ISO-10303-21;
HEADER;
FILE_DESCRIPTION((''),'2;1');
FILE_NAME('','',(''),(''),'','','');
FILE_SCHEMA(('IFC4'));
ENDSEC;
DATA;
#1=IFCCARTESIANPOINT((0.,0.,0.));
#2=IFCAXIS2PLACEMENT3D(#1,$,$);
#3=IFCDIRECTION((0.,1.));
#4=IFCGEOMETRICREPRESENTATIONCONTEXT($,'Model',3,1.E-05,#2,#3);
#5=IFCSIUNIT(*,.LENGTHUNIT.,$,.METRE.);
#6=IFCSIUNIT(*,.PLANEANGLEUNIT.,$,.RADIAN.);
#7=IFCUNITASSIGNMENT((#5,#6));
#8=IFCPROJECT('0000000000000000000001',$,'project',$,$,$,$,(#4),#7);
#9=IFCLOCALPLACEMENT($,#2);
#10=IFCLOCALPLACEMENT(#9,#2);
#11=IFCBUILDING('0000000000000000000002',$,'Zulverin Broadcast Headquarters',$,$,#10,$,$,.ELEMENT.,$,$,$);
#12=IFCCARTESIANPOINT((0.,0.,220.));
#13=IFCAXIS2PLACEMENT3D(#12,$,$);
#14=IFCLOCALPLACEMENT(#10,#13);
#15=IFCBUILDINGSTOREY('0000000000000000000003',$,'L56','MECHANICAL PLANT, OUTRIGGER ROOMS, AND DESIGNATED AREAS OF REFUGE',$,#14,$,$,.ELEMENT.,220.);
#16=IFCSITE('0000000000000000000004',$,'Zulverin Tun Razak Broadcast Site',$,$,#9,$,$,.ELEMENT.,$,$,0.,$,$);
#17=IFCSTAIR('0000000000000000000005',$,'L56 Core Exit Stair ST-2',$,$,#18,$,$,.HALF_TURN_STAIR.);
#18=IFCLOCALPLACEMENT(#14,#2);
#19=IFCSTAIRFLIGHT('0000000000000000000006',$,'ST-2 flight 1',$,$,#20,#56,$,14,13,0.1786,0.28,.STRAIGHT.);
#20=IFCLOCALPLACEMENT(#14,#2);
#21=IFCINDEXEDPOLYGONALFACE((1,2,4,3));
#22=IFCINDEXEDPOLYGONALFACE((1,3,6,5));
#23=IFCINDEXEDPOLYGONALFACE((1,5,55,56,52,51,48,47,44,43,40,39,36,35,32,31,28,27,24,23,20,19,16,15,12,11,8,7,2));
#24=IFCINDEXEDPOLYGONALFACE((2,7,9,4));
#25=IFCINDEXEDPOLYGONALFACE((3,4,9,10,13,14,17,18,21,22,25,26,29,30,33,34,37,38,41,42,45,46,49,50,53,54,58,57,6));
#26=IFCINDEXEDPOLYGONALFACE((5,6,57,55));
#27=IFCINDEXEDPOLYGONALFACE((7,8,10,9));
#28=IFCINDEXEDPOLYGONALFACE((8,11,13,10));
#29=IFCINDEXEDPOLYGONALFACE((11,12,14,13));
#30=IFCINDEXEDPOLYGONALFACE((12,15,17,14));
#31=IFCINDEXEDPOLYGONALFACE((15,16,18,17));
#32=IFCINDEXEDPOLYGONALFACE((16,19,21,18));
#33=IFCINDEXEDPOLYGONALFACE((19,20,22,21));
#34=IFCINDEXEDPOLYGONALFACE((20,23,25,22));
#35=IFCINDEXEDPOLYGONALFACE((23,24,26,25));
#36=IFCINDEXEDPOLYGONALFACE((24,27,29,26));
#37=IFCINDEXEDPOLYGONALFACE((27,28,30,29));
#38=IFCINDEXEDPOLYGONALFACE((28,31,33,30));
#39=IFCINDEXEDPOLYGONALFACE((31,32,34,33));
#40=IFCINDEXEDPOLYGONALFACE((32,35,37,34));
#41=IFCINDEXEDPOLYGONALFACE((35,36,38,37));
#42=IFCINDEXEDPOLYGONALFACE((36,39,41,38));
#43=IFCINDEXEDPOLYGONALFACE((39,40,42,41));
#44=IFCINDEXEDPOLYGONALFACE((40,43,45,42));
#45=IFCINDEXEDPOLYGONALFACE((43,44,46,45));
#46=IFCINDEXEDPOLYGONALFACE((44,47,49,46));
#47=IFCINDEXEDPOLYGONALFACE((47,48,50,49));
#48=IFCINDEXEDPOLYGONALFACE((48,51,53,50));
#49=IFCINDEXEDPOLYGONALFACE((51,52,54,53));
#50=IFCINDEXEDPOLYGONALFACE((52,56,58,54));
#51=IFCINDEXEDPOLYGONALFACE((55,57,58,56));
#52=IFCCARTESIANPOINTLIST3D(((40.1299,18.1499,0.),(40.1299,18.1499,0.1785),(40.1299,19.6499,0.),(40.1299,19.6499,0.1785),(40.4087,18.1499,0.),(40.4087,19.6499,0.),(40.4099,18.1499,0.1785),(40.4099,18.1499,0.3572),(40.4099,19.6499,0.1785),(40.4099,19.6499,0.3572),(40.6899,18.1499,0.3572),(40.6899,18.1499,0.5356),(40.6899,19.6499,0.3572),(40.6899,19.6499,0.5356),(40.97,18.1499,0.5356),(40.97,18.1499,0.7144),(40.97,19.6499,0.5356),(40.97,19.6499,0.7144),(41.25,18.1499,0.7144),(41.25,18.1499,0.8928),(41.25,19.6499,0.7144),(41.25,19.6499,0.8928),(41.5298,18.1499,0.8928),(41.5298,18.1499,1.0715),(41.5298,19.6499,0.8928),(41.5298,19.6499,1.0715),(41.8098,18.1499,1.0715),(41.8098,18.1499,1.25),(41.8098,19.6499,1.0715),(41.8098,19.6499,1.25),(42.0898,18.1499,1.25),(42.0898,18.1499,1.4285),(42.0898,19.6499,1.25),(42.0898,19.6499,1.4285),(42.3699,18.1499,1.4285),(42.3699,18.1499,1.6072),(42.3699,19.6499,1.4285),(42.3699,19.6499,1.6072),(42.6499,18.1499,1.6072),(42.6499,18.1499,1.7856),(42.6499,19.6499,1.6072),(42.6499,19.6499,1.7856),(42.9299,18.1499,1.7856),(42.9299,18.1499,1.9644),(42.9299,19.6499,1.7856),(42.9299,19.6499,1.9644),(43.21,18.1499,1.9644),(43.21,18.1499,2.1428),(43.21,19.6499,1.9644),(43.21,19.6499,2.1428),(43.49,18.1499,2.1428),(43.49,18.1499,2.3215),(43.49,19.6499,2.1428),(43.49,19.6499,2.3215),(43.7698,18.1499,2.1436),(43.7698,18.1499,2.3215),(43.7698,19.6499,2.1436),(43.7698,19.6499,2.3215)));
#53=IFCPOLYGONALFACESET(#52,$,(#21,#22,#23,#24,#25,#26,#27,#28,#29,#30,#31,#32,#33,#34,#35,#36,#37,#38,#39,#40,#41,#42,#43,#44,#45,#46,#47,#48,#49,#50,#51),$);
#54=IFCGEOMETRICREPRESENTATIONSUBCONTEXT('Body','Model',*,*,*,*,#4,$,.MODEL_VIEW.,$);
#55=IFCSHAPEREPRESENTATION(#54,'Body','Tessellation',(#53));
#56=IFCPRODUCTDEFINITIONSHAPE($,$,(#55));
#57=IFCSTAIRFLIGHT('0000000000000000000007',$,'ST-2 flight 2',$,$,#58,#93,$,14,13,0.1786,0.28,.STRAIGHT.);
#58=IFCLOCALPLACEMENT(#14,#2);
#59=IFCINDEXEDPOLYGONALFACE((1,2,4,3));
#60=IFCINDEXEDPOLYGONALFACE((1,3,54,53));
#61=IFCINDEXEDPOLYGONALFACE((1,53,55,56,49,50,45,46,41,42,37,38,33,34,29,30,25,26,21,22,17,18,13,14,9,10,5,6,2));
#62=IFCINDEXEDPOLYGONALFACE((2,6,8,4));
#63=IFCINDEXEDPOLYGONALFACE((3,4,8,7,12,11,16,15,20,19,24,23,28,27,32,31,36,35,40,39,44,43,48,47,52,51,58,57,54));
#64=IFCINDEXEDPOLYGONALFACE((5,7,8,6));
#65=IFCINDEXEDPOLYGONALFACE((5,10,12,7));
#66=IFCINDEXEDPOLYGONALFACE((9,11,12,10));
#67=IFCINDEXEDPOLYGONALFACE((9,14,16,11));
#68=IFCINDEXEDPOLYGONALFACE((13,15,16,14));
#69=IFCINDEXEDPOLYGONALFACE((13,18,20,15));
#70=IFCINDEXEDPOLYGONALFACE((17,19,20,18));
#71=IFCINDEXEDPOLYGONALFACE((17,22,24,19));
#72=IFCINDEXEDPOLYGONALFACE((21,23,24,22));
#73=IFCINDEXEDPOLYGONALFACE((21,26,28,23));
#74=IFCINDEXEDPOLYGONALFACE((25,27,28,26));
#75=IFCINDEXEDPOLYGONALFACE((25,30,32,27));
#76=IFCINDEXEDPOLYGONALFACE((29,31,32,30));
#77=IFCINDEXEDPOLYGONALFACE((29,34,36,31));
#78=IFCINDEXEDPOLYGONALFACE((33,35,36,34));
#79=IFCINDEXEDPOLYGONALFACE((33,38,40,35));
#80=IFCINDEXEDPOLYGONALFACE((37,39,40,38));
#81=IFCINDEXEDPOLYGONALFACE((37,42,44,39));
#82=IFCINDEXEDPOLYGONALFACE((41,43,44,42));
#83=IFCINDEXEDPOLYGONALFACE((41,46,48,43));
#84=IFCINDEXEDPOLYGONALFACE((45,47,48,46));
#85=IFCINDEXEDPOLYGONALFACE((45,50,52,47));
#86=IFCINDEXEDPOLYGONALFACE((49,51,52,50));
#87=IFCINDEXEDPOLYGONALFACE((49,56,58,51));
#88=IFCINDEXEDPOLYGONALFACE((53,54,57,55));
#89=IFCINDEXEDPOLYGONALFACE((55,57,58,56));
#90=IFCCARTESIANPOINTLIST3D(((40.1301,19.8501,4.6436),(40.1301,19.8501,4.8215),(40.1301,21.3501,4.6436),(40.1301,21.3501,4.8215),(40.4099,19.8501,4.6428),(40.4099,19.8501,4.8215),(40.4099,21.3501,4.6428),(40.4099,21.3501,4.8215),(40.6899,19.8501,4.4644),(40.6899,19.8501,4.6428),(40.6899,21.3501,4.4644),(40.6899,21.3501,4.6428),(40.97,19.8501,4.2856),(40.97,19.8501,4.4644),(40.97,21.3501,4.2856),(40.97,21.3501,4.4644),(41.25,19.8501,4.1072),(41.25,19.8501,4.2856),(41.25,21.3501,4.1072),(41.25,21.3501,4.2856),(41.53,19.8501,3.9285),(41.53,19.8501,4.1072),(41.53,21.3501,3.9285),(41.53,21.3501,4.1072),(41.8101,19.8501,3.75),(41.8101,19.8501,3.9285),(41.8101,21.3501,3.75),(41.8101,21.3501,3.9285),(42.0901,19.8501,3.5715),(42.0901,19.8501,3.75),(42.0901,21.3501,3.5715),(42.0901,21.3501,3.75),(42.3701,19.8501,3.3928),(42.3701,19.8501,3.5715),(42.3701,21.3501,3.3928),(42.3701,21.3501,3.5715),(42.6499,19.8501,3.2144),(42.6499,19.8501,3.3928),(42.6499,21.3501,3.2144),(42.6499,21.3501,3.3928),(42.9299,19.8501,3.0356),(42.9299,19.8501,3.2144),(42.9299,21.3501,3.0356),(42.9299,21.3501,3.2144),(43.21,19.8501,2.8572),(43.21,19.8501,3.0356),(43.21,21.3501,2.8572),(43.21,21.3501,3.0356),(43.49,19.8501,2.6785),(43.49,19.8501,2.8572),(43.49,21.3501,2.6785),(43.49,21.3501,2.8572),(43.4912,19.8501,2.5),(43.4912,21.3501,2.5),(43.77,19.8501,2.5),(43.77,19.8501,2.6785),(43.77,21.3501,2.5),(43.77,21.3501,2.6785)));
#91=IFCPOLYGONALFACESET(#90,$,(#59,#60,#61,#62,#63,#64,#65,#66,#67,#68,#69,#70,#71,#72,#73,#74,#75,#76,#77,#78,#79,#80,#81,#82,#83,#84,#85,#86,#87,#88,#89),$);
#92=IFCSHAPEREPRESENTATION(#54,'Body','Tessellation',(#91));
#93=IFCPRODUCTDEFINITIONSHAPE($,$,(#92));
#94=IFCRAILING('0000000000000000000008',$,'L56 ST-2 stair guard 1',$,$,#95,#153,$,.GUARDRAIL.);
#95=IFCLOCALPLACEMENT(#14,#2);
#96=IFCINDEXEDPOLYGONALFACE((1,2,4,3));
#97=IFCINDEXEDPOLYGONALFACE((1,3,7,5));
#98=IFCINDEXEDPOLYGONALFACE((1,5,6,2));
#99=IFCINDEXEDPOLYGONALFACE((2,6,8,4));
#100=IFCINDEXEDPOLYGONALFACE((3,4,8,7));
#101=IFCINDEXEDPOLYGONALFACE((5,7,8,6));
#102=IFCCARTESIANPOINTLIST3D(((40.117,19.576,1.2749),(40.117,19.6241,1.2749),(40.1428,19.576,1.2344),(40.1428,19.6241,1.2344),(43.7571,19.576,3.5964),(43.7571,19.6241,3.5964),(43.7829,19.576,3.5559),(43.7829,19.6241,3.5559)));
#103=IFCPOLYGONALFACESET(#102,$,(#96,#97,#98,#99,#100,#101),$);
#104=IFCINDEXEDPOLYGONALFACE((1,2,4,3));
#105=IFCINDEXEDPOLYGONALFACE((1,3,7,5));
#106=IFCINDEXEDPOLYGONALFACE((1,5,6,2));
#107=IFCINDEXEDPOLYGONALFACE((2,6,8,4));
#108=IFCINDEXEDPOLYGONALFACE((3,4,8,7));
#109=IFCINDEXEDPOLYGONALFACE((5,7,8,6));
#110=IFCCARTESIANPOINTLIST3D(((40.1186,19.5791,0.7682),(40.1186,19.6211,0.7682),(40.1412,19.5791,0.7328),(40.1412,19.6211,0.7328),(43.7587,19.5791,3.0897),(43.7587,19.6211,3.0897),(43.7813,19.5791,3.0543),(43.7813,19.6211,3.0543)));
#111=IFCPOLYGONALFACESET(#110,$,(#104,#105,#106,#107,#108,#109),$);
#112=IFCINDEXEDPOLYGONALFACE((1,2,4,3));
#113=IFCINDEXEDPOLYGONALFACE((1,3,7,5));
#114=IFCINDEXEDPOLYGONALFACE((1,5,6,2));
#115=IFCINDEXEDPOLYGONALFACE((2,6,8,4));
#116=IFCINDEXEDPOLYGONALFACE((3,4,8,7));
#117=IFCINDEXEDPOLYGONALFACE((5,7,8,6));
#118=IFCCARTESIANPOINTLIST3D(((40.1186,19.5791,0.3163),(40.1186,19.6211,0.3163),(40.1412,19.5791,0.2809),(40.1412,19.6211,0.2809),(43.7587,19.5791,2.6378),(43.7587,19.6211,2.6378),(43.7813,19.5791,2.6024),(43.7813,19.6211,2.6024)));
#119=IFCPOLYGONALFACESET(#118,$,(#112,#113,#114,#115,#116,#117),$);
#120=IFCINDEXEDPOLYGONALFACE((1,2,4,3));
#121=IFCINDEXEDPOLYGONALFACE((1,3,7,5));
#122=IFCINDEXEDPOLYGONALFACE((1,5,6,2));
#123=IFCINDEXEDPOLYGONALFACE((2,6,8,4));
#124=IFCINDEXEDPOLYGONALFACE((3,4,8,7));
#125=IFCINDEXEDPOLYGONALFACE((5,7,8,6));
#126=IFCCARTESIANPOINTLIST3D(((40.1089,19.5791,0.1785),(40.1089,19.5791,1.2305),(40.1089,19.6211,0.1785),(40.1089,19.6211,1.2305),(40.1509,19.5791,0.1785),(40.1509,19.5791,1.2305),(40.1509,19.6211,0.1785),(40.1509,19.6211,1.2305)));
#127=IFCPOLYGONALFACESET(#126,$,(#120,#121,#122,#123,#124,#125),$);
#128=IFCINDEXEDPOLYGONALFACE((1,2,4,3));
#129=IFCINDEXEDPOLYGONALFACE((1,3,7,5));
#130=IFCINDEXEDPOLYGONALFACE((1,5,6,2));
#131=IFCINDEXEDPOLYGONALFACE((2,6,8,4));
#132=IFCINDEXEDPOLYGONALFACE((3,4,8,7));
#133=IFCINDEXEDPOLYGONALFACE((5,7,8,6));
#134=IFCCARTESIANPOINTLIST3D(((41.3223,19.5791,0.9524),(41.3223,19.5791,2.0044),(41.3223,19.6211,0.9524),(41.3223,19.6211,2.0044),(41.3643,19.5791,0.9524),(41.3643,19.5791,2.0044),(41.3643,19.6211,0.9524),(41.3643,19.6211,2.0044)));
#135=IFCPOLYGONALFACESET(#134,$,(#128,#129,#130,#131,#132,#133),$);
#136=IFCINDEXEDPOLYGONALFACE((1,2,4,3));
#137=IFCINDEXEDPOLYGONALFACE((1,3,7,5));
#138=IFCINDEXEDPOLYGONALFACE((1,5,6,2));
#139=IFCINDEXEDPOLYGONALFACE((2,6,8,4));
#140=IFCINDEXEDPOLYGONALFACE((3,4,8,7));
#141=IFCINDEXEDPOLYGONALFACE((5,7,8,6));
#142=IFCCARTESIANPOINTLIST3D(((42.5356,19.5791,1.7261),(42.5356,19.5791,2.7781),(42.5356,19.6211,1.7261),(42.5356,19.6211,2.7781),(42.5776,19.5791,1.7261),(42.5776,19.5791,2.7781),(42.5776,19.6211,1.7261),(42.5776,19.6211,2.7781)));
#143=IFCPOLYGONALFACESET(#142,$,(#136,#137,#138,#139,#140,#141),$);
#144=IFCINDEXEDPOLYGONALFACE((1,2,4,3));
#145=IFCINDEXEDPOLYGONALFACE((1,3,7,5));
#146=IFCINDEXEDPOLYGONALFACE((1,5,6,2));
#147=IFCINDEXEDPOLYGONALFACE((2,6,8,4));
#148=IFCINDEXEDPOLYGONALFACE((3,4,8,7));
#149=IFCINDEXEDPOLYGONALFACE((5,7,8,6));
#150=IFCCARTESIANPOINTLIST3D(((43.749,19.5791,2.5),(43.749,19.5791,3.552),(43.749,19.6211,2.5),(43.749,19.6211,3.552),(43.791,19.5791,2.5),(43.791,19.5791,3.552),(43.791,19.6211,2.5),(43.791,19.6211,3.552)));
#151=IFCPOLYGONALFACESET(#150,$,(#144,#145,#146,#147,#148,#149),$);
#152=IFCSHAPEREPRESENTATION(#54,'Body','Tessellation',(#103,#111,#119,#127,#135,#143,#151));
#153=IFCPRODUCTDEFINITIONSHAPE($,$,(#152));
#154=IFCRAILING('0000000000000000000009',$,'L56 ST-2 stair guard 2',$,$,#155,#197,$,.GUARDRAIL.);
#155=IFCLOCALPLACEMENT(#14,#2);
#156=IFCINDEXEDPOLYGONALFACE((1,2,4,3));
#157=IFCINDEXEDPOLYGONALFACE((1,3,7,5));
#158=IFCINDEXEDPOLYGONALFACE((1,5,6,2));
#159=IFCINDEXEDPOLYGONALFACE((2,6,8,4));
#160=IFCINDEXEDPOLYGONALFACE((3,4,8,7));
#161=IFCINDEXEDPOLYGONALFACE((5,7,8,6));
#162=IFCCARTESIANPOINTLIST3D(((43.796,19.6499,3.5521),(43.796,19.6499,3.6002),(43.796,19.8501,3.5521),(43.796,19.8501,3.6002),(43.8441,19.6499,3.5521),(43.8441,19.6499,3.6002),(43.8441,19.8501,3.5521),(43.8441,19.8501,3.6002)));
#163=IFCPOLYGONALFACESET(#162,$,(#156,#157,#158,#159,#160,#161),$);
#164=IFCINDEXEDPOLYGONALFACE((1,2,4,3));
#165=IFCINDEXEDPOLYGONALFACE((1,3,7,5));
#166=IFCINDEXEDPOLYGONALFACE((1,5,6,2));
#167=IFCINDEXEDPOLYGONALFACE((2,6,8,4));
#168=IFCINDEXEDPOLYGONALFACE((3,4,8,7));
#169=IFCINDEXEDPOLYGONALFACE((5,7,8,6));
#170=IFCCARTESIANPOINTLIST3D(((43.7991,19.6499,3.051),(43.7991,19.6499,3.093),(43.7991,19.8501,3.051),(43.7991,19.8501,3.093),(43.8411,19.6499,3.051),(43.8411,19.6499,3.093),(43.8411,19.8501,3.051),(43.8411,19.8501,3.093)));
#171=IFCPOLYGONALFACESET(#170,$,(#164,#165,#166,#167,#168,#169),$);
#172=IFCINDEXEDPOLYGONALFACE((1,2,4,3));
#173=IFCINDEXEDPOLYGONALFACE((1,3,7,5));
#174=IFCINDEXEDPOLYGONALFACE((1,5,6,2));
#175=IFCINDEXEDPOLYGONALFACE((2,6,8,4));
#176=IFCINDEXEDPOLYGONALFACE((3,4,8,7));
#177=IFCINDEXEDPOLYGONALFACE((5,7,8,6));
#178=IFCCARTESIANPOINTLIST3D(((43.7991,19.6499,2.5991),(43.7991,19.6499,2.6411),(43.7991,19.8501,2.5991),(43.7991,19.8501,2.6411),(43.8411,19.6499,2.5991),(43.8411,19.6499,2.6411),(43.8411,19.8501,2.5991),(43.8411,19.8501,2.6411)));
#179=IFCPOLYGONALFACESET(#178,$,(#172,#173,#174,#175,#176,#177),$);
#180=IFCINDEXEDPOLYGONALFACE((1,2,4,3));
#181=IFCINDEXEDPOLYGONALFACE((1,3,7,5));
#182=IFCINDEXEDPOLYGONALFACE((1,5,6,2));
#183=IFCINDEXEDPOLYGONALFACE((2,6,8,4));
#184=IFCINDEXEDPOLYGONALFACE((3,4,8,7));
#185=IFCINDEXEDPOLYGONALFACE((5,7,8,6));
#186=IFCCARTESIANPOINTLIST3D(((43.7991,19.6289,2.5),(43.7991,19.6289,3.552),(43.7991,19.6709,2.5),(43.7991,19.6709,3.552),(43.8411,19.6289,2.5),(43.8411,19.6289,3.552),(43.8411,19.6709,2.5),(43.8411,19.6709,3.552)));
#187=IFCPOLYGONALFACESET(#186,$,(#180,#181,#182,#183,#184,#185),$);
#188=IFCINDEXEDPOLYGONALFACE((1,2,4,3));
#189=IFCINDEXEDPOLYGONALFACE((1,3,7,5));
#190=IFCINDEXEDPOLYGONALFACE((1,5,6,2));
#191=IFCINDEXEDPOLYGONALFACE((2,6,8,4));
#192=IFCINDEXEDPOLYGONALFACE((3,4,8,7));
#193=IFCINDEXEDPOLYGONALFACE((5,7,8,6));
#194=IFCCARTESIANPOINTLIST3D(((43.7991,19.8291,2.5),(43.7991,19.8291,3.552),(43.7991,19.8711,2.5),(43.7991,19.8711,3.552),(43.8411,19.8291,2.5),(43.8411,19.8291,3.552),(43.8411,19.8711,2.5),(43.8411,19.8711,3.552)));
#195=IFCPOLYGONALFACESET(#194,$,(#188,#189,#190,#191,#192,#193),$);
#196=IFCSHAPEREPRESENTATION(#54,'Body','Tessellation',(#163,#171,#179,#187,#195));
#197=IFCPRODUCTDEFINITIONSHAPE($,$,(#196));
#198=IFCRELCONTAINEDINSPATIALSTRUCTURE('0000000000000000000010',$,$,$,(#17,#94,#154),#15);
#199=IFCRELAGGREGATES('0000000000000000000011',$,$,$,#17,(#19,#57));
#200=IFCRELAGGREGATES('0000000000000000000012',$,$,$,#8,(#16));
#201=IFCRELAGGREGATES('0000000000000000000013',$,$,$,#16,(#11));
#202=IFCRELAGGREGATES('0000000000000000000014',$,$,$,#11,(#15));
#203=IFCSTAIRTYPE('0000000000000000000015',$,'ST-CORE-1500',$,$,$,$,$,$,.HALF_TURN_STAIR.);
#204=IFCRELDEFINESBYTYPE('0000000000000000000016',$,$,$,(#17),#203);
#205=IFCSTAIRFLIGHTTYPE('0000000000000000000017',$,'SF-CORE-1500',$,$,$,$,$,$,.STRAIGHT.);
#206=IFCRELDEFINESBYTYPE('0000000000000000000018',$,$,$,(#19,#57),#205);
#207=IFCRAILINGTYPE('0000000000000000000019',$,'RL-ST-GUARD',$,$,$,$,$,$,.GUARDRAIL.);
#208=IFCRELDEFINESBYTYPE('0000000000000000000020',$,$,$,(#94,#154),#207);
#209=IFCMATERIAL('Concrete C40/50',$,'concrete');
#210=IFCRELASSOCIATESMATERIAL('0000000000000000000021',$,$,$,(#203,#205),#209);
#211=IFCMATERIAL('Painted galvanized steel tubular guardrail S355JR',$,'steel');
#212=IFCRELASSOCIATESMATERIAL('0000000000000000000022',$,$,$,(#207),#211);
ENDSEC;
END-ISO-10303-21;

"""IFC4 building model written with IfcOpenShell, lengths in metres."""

from ifc_helpers import new_model, si_unit, direction, frame, origin, origin_2d, place, context, subcontext, project, spatial, polyline, rectangle, outline, extrude, material, type_object, element, aggregate, save


model = new_model("IFC4")

# Units and contexts
model_context = context("Model", 3, precision=1e-05, world=origin(), true_north=direction((0.0, 1.0)))
body_context = subcontext(model_context, "Body", "Model", "MODEL_VIEW")
ifc_project = project(units=[si_unit("LENGTHUNIT", "METRE"), si_unit("PLANEANGLEUNIT", "RADIAN")], contexts=[model_context])

# Site, building, storey
site_placement = place(None, origin())
site = spatial("IfcSite", under=ifc_project, at=site_placement, Name="Zulverin Tun Razak Broadcast Site", CompositionType="ELEMENT", RefElevation=0.0)
building_placement = place(site_placement, origin())
building = spatial("IfcBuilding", under=site, at=building_placement, Name="Zulverin Broadcast Headquarters", CompositionType="ELEMENT")
storey_placement = place(building_placement, frame((0.0, 0.0, 220.0)))
storey = spatial("IfcBuildingStorey", under=building, at=storey_placement, Name="L56", Description="MECHANICAL PLANT, OUTRIGGER ROOMS, AND DESIGNATED AREAS OF REFUGE", CompositionType="ELEMENT", Elevation=220.0)

# Shared definitions
ifc_material_1 = material(Name="Concrete C40/50", Category="concrete")

# Stair, stair flights
stair_type = type_object("IfcStairType", Name="ST-CORE-1500", PredefinedType="HALF_TURN_STAIR", material=ifc_material_1)
stair_placement = place(storey_placement, origin())
stair = element("IfcStair", 1, at=stair_placement, inside=storey, type_object=stair_type, Name="L56 Core Exit Stair ST-2", PredefinedType="HALF_TURN_STAIR")
stair_flight_type = type_object("IfcStairFlightType", Name="SF-CORE-1500", PredefinedType="STRAIGHT", material=ifc_material_1)
stair_flight_1_placement = place(storey_placement, frame((40.1299, 18.8999, 0.0), z_axis=(0.0, 0.0, 1.0), x_axis=(1.0, 0.0, 0.0)))
stair_flight_1 = element("IfcStairFlight", 2, at=stair_flight_1_placement, type_object=stair_flight_type, Name="ST-2 flight 1", NumberOfRisers=14, NumberOfTreads=13, PredefinedType="STRAIGHT", RiserHeight=0.1786, TreadLength=0.28, context=body_context, shape_type="SweptSolid", body=[
    extrude(outline(polyline([(0.0, 0.0), (0.0, 0.1785), (0.28, 0.1785), (0.28, 0.3572), (0.5601, 0.3572), (0.5601, 0.5356), (0.8401, 0.5356), (0.8401, 0.7144), (1.1201, 0.7144), (1.1201, 0.8928), (1.3999, 0.8928), (1.3999, 1.0715), (1.6799, 1.0715), (1.6799, 1.25), (1.96, 1.25), (1.96, 1.4285), (2.24, 1.4285), (2.24, 1.6072), (2.52, 1.6072), (2.52, 1.7856), (2.8, 1.7856), (2.8, 1.9644), (3.0801, 1.9644), (3.0801, 2.1428), (3.3601, 2.1428), (3.3601, 2.3215), (3.6399, 2.3215), (3.6399, 2.5), (3.6399, 2.1436), (0.2788, 0.0), (0.0, 0.0)])), frame((0.0, 0.75, 0.0), z_axis=(0.0, -1.0, 0.0), x_axis=(1.0, 0.0, 0.0)), (0.0, 0.0, 1.0), 1.5),
])
stair_flight_2_placement = place(storey_placement, frame((43.77, 20.6001, 2.5), z_axis=(0.0, 0.0, 1.0), x_axis=(-1.0, 0.0, 0.0)))
stair_flight_2 = element("IfcStairFlight", 3, at=stair_flight_2_placement, type_object=stair_flight_type, Name="ST-2 flight 2", NumberOfRisers=14, NumberOfTreads=13, PredefinedType="STRAIGHT", RiserHeight=0.1786, TreadLength=0.28, context=body_context, shape_type="SweptSolid", body=[
    extrude(outline(polyline([(0.0, 0.0), (0.0, 0.1785), (0.28, 0.1785), (0.28, 0.3572), (0.5601, 0.3572), (0.5601, 0.5356), (0.8401, 0.5356), (0.8401, 0.7144), (1.1201, 0.7144), (1.1201, 0.8928), (1.3999, 0.8928), (1.3999, 1.0715), (1.6799, 1.0715), (1.6799, 1.25), (1.96, 1.25), (1.96, 1.4285), (2.24, 1.4285), (2.24, 1.6072), (2.52, 1.6072), (2.52, 1.7856), (2.8, 1.7856), (2.8, 1.9644), (3.0801, 1.9644), (3.0801, 2.1428), (3.3601, 2.1428), (3.3601, 2.3215), (3.6399, 2.3215), (3.6399, 2.5), (3.6399, 2.1436), (0.2788, 0.0), (0.0, 0.0)])), frame((0.0, 0.75, 0.0), z_axis=(0.0, -1.0, 0.0), x_axis=(1.0, 0.0, 0.0)), (0.0, 0.0, 1.0), 1.5),
])
aggregate(stair, [stair_flight_1, stair_flight_2])

# Railings
ifc_material_2 = material(Name="Painted galvanized steel tubular guardrail S355JR", Category="steel")
railing_type_1 = type_object("IfcRailingType", Name="RL-ST-GUARD", PredefinedType="GUARDRAIL", material=ifc_material_2)
railing_1_placement = place(storey_placement, frame((40.1299, 19.6001, 0.1785)))
element("IfcRailing", 4, at=railing_1_placement, inside=storey, type_object=railing_type_1, Name="L56 ST-2 stair guard 1", PredefinedType="GUARDRAIL", context=body_context, shape_type="SweptSolid", body=[
    extrude(rectangle(XDim=0.0481, YDim=0.0481, at=origin_2d()), frame((0.0, 0.0, 1.0762), z_axis=(0.843128, 0.0, 0.537713), x_axis=(0.0, 1.0, 0.0)), (0.0, 0.0, 1.0), 4.3174),
    extrude(rectangle(XDim=0.042, YDim=0.042, at=origin_2d()), frame((0.0, 0.0, 0.572), z_axis=(0.843128, 0.0, 0.537713), x_axis=(0.0, 1.0, 0.0)), (0.0, 0.0, 1.0), 4.3174),
    extrude(rectangle(XDim=0.042, YDim=0.042, at=origin_2d()), frame((0.0, 0.0, 0.1201), z_axis=(0.843128, 0.0, 0.537713), x_axis=(0.0, 1.0, 0.0)), (0.0, 0.0, 1.0), 4.3174),
    extrude(rectangle(XDim=0.042, YDim=0.042, at=origin_2d()), origin(), (0.0, 0.0, 1.0), 1.052),
    extrude(rectangle(XDim=0.042, YDim=0.042, at=origin_2d()), frame((1.2134, 0.0, 0.7739)), (0.0, 0.0, 1.0), 1.052),
    extrude(rectangle(XDim=0.042, YDim=0.042, at=origin_2d()), frame((2.4268, 0.0, 1.5476)), (0.0, 0.0, 1.0), 1.052),
    extrude(rectangle(XDim=0.042, YDim=0.042, at=origin_2d()), frame((3.6401, 0.0, 2.3215)), (0.0, 0.0, 1.0), 1.052),
])
railing_2_placement = place(storey_placement, frame((43.8201, 19.6499, 2.5)))
element("IfcRailing", 5, at=railing_2_placement, inside=storey, type_object=railing_type_1, Name="L56 ST-2 stair guard 2", PredefinedType="GUARDRAIL", context=body_context, shape_type="SweptSolid", body=[
    extrude(rectangle(XDim=0.0481, YDim=0.0481, at=origin_2d()), frame((0.0, 0.0, 1.0762), z_axis=(0.0, 1.0, 0.0), x_axis=(-1.0, 0.0, 0.0)), (0.0, 0.0, 1.0), 0.2002),
    extrude(rectangle(XDim=0.042, YDim=0.042, at=origin_2d()), frame((0.0, 0.0, 0.572), z_axis=(0.0, 1.0, 0.0), x_axis=(-1.0, 0.0, 0.0)), (0.0, 0.0, 1.0), 0.2002),
    extrude(rectangle(XDim=0.042, YDim=0.042, at=origin_2d()), frame((0.0, 0.0, 0.1201), z_axis=(0.0, 1.0, 0.0), x_axis=(-1.0, 0.0, 0.0)), (0.0, 0.0, 1.0), 0.2002),
    extrude(rectangle(XDim=0.042, YDim=0.042, at=origin_2d()), origin(), (0.0, 0.0, 1.0), 1.052),
    extrude(rectangle(XDim=0.042, YDim=0.042, at=origin_2d()), frame((0.0, 0.2002, 0.0)), (0.0, 0.0, 1.0), 1.052),
])

save(model, "model.ifc")
